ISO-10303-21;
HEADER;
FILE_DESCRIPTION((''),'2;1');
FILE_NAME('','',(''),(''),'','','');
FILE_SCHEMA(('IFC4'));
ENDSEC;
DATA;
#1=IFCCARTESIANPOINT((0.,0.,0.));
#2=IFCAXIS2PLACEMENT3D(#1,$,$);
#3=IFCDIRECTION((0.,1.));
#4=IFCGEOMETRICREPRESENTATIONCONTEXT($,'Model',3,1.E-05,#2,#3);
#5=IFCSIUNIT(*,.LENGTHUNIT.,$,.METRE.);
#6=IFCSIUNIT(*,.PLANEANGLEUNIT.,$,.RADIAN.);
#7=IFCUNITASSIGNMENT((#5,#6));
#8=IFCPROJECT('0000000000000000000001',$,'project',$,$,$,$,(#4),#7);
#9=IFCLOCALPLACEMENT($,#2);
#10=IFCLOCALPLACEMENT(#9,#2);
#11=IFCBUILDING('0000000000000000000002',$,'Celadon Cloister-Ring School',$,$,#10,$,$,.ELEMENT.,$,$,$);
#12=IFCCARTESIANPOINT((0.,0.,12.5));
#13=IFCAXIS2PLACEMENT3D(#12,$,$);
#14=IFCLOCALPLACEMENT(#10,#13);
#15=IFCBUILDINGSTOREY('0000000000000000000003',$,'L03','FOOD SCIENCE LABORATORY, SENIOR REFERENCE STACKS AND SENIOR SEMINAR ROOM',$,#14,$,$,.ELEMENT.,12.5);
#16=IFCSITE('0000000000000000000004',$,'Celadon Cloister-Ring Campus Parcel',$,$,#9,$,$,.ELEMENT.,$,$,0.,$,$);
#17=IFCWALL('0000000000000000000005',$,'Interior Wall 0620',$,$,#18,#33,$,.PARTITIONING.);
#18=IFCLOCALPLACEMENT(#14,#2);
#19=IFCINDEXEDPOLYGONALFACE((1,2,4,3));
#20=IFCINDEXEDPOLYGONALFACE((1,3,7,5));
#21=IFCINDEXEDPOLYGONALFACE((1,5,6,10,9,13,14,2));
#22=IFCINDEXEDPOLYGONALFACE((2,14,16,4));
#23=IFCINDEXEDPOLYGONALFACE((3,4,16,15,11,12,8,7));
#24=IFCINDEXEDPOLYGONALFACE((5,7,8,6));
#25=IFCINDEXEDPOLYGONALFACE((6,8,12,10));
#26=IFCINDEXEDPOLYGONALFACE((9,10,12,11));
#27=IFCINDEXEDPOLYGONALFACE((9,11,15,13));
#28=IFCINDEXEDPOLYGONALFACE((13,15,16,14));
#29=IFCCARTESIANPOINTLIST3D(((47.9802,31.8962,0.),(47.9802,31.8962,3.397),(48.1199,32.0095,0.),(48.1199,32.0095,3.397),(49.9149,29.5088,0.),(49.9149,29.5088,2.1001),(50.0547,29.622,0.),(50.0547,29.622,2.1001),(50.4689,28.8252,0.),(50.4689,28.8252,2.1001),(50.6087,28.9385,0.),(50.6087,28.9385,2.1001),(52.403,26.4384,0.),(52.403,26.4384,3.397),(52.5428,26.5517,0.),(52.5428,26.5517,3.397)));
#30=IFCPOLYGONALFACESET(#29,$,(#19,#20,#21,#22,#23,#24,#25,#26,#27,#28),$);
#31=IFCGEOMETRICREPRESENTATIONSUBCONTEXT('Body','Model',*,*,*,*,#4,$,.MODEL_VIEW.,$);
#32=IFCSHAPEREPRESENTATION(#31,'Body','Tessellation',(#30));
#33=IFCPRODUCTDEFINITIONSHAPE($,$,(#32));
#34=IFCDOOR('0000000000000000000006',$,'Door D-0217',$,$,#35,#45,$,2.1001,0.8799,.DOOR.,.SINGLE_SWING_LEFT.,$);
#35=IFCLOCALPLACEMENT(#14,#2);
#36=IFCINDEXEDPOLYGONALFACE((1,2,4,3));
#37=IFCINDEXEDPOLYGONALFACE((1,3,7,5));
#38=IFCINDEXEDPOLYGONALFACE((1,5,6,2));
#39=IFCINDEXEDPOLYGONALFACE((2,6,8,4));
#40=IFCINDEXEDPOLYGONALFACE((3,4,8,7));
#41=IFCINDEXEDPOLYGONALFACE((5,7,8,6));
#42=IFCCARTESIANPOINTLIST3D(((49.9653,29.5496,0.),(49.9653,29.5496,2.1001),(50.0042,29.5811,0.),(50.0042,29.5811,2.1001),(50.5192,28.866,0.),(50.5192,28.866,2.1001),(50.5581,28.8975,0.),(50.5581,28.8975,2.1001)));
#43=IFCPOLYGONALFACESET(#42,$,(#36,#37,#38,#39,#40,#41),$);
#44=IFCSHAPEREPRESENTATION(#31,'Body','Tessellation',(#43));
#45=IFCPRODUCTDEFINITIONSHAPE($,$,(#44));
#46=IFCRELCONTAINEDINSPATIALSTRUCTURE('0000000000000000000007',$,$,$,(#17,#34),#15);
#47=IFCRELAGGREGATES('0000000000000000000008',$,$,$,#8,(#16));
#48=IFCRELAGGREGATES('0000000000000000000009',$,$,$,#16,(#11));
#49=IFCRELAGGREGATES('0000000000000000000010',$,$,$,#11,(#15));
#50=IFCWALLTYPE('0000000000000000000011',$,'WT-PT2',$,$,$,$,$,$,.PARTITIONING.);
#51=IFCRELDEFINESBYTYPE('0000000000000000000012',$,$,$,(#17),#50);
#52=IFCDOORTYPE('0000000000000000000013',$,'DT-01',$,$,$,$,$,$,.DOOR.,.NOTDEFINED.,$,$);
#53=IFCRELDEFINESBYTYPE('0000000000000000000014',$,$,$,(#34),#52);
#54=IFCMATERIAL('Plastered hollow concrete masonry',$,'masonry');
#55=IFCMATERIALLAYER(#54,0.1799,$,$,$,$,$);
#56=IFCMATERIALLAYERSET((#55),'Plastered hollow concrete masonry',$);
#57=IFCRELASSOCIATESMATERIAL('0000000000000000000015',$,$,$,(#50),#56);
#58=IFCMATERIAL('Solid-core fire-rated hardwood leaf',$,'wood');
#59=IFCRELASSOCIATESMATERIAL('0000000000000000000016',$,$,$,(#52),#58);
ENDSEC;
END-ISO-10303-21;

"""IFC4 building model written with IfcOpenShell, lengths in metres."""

from ifc_helpers import new_model, si_unit, direction, frame, frame_2d, origin, place, context, subcontext, project, spatial, rectangle, extrude, material, layer, layer_set, type_object, element, fill, save


model = new_model("IFC4")

# Units and contexts
model_context = context("Model", 3, precision=1e-05, world=origin(), true_north=direction((0.0, 1.0)))
body_context = subcontext(model_context, "Body", "Model", "MODEL_VIEW")
ifc_project = project(units=[si_unit("LENGTHUNIT", "METRE"), si_unit("PLANEANGLEUNIT", "RADIAN")], contexts=[model_context])

# Site, building, storey
site_placement = place(None, origin())
site = spatial("IfcSite", under=ifc_project, at=site_placement, Name="Celadon Cloister-Ring Campus Parcel", CompositionType="ELEMENT", RefElevation=0.0)
building_placement = place(site_placement, origin())
building = spatial("IfcBuilding", under=site, at=building_placement, Name="Celadon Cloister-Ring School", CompositionType="ELEMENT")
storey_placement = place(building_placement, frame((0.0, 0.0, 12.5)))
storey = spatial("IfcBuildingStorey", under=building, at=storey_placement, Name="L03", Description="FOOD SCIENCE LABORATORY, SENIOR REFERENCE STACKS AND SENIOR SEMINAR ROOM", CompositionType="ELEMENT", Elevation=12.5)

# Wall, opening, door
ifc_material_1 = material(Name="Plastered hollow concrete masonry", Category="masonry")
ifc_layer_1 = layer(ifc_material_1, 0.1799)
ifc_layer_set_1 = layer_set([ifc_layer_1], Name="Plastered hollow concrete masonry")
wall_type = type_object("IfcWallType", Name="WT-PT2", PredefinedType="PARTITIONING", material=ifc_layer_set_1)
wall_placement = place(storey_placement, frame((48.05, 31.9529, 0.0), z_axis=(0.0, 0.0, 1.0), x_axis=(0.629599, -0.77692, 0.0)))
wall = element("IfcWall", 1, at=wall_placement, inside=storey, type_object=wall_type, Name="Interior Wall 0620", PredefinedType="PARTITIONING", context=body_context, shape_type="SweptSolid", body=[
    extrude(rectangle(XDim=7.0249, YDim=0.1799, at=frame_2d((3.5125, 0.0))), origin(), (0.0, 0.0, 1.0), 3.397),
])
opening_placement = place(wall_placement, frame((3.073, 0.0, 0.0)))
opening = element("IfcOpeningElement", 2, at=opening_placement, cuts=wall, PredefinedType="OPENING", context=body_context, shape_type="SweptSolid", body=[
    extrude(rectangle(XDim=0.8799, YDim=2.1001, at=frame_2d((0.4399, 1.05))), frame((0.0, 0.1001, 0.0), z_axis=(0.0, -1.0, 0.0), x_axis=(1.0, 0.0, 0.0)), (0.0, 0.0, 1.0), 0.2),
])
ifc_material_2 = material(Name="Solid-core fire-rated hardwood leaf", Category="wood")
door_type = type_object("IfcDoorType", Name="DT-01", OperationType="NOTDEFINED", PredefinedType="DOOR", material=ifc_material_2)
door_placement = place(opening_placement, origin())
door = element("IfcDoor", 3, at=door_placement, inside=storey, type_object=door_type, Name="Door D-0217", OperationType="SINGLE_SWING_LEFT", OverallHeight=2.1001, OverallWidth=0.8799, PredefinedType="DOOR", context=body_context, shape_type="SweptSolid", body=[
    extrude(rectangle(XDim=0.8799, YDim=2.1001, at=frame_2d((0.4399, 1.05))), frame((0.0, 0.0249, 0.0), z_axis=(0.0, -1.0, 0.0), x_axis=(1.0, 0.0, 0.0)), (0.0, 0.0, 1.0), 0.05),
])
fill(opening, door)

save(model, "model.ifc")
